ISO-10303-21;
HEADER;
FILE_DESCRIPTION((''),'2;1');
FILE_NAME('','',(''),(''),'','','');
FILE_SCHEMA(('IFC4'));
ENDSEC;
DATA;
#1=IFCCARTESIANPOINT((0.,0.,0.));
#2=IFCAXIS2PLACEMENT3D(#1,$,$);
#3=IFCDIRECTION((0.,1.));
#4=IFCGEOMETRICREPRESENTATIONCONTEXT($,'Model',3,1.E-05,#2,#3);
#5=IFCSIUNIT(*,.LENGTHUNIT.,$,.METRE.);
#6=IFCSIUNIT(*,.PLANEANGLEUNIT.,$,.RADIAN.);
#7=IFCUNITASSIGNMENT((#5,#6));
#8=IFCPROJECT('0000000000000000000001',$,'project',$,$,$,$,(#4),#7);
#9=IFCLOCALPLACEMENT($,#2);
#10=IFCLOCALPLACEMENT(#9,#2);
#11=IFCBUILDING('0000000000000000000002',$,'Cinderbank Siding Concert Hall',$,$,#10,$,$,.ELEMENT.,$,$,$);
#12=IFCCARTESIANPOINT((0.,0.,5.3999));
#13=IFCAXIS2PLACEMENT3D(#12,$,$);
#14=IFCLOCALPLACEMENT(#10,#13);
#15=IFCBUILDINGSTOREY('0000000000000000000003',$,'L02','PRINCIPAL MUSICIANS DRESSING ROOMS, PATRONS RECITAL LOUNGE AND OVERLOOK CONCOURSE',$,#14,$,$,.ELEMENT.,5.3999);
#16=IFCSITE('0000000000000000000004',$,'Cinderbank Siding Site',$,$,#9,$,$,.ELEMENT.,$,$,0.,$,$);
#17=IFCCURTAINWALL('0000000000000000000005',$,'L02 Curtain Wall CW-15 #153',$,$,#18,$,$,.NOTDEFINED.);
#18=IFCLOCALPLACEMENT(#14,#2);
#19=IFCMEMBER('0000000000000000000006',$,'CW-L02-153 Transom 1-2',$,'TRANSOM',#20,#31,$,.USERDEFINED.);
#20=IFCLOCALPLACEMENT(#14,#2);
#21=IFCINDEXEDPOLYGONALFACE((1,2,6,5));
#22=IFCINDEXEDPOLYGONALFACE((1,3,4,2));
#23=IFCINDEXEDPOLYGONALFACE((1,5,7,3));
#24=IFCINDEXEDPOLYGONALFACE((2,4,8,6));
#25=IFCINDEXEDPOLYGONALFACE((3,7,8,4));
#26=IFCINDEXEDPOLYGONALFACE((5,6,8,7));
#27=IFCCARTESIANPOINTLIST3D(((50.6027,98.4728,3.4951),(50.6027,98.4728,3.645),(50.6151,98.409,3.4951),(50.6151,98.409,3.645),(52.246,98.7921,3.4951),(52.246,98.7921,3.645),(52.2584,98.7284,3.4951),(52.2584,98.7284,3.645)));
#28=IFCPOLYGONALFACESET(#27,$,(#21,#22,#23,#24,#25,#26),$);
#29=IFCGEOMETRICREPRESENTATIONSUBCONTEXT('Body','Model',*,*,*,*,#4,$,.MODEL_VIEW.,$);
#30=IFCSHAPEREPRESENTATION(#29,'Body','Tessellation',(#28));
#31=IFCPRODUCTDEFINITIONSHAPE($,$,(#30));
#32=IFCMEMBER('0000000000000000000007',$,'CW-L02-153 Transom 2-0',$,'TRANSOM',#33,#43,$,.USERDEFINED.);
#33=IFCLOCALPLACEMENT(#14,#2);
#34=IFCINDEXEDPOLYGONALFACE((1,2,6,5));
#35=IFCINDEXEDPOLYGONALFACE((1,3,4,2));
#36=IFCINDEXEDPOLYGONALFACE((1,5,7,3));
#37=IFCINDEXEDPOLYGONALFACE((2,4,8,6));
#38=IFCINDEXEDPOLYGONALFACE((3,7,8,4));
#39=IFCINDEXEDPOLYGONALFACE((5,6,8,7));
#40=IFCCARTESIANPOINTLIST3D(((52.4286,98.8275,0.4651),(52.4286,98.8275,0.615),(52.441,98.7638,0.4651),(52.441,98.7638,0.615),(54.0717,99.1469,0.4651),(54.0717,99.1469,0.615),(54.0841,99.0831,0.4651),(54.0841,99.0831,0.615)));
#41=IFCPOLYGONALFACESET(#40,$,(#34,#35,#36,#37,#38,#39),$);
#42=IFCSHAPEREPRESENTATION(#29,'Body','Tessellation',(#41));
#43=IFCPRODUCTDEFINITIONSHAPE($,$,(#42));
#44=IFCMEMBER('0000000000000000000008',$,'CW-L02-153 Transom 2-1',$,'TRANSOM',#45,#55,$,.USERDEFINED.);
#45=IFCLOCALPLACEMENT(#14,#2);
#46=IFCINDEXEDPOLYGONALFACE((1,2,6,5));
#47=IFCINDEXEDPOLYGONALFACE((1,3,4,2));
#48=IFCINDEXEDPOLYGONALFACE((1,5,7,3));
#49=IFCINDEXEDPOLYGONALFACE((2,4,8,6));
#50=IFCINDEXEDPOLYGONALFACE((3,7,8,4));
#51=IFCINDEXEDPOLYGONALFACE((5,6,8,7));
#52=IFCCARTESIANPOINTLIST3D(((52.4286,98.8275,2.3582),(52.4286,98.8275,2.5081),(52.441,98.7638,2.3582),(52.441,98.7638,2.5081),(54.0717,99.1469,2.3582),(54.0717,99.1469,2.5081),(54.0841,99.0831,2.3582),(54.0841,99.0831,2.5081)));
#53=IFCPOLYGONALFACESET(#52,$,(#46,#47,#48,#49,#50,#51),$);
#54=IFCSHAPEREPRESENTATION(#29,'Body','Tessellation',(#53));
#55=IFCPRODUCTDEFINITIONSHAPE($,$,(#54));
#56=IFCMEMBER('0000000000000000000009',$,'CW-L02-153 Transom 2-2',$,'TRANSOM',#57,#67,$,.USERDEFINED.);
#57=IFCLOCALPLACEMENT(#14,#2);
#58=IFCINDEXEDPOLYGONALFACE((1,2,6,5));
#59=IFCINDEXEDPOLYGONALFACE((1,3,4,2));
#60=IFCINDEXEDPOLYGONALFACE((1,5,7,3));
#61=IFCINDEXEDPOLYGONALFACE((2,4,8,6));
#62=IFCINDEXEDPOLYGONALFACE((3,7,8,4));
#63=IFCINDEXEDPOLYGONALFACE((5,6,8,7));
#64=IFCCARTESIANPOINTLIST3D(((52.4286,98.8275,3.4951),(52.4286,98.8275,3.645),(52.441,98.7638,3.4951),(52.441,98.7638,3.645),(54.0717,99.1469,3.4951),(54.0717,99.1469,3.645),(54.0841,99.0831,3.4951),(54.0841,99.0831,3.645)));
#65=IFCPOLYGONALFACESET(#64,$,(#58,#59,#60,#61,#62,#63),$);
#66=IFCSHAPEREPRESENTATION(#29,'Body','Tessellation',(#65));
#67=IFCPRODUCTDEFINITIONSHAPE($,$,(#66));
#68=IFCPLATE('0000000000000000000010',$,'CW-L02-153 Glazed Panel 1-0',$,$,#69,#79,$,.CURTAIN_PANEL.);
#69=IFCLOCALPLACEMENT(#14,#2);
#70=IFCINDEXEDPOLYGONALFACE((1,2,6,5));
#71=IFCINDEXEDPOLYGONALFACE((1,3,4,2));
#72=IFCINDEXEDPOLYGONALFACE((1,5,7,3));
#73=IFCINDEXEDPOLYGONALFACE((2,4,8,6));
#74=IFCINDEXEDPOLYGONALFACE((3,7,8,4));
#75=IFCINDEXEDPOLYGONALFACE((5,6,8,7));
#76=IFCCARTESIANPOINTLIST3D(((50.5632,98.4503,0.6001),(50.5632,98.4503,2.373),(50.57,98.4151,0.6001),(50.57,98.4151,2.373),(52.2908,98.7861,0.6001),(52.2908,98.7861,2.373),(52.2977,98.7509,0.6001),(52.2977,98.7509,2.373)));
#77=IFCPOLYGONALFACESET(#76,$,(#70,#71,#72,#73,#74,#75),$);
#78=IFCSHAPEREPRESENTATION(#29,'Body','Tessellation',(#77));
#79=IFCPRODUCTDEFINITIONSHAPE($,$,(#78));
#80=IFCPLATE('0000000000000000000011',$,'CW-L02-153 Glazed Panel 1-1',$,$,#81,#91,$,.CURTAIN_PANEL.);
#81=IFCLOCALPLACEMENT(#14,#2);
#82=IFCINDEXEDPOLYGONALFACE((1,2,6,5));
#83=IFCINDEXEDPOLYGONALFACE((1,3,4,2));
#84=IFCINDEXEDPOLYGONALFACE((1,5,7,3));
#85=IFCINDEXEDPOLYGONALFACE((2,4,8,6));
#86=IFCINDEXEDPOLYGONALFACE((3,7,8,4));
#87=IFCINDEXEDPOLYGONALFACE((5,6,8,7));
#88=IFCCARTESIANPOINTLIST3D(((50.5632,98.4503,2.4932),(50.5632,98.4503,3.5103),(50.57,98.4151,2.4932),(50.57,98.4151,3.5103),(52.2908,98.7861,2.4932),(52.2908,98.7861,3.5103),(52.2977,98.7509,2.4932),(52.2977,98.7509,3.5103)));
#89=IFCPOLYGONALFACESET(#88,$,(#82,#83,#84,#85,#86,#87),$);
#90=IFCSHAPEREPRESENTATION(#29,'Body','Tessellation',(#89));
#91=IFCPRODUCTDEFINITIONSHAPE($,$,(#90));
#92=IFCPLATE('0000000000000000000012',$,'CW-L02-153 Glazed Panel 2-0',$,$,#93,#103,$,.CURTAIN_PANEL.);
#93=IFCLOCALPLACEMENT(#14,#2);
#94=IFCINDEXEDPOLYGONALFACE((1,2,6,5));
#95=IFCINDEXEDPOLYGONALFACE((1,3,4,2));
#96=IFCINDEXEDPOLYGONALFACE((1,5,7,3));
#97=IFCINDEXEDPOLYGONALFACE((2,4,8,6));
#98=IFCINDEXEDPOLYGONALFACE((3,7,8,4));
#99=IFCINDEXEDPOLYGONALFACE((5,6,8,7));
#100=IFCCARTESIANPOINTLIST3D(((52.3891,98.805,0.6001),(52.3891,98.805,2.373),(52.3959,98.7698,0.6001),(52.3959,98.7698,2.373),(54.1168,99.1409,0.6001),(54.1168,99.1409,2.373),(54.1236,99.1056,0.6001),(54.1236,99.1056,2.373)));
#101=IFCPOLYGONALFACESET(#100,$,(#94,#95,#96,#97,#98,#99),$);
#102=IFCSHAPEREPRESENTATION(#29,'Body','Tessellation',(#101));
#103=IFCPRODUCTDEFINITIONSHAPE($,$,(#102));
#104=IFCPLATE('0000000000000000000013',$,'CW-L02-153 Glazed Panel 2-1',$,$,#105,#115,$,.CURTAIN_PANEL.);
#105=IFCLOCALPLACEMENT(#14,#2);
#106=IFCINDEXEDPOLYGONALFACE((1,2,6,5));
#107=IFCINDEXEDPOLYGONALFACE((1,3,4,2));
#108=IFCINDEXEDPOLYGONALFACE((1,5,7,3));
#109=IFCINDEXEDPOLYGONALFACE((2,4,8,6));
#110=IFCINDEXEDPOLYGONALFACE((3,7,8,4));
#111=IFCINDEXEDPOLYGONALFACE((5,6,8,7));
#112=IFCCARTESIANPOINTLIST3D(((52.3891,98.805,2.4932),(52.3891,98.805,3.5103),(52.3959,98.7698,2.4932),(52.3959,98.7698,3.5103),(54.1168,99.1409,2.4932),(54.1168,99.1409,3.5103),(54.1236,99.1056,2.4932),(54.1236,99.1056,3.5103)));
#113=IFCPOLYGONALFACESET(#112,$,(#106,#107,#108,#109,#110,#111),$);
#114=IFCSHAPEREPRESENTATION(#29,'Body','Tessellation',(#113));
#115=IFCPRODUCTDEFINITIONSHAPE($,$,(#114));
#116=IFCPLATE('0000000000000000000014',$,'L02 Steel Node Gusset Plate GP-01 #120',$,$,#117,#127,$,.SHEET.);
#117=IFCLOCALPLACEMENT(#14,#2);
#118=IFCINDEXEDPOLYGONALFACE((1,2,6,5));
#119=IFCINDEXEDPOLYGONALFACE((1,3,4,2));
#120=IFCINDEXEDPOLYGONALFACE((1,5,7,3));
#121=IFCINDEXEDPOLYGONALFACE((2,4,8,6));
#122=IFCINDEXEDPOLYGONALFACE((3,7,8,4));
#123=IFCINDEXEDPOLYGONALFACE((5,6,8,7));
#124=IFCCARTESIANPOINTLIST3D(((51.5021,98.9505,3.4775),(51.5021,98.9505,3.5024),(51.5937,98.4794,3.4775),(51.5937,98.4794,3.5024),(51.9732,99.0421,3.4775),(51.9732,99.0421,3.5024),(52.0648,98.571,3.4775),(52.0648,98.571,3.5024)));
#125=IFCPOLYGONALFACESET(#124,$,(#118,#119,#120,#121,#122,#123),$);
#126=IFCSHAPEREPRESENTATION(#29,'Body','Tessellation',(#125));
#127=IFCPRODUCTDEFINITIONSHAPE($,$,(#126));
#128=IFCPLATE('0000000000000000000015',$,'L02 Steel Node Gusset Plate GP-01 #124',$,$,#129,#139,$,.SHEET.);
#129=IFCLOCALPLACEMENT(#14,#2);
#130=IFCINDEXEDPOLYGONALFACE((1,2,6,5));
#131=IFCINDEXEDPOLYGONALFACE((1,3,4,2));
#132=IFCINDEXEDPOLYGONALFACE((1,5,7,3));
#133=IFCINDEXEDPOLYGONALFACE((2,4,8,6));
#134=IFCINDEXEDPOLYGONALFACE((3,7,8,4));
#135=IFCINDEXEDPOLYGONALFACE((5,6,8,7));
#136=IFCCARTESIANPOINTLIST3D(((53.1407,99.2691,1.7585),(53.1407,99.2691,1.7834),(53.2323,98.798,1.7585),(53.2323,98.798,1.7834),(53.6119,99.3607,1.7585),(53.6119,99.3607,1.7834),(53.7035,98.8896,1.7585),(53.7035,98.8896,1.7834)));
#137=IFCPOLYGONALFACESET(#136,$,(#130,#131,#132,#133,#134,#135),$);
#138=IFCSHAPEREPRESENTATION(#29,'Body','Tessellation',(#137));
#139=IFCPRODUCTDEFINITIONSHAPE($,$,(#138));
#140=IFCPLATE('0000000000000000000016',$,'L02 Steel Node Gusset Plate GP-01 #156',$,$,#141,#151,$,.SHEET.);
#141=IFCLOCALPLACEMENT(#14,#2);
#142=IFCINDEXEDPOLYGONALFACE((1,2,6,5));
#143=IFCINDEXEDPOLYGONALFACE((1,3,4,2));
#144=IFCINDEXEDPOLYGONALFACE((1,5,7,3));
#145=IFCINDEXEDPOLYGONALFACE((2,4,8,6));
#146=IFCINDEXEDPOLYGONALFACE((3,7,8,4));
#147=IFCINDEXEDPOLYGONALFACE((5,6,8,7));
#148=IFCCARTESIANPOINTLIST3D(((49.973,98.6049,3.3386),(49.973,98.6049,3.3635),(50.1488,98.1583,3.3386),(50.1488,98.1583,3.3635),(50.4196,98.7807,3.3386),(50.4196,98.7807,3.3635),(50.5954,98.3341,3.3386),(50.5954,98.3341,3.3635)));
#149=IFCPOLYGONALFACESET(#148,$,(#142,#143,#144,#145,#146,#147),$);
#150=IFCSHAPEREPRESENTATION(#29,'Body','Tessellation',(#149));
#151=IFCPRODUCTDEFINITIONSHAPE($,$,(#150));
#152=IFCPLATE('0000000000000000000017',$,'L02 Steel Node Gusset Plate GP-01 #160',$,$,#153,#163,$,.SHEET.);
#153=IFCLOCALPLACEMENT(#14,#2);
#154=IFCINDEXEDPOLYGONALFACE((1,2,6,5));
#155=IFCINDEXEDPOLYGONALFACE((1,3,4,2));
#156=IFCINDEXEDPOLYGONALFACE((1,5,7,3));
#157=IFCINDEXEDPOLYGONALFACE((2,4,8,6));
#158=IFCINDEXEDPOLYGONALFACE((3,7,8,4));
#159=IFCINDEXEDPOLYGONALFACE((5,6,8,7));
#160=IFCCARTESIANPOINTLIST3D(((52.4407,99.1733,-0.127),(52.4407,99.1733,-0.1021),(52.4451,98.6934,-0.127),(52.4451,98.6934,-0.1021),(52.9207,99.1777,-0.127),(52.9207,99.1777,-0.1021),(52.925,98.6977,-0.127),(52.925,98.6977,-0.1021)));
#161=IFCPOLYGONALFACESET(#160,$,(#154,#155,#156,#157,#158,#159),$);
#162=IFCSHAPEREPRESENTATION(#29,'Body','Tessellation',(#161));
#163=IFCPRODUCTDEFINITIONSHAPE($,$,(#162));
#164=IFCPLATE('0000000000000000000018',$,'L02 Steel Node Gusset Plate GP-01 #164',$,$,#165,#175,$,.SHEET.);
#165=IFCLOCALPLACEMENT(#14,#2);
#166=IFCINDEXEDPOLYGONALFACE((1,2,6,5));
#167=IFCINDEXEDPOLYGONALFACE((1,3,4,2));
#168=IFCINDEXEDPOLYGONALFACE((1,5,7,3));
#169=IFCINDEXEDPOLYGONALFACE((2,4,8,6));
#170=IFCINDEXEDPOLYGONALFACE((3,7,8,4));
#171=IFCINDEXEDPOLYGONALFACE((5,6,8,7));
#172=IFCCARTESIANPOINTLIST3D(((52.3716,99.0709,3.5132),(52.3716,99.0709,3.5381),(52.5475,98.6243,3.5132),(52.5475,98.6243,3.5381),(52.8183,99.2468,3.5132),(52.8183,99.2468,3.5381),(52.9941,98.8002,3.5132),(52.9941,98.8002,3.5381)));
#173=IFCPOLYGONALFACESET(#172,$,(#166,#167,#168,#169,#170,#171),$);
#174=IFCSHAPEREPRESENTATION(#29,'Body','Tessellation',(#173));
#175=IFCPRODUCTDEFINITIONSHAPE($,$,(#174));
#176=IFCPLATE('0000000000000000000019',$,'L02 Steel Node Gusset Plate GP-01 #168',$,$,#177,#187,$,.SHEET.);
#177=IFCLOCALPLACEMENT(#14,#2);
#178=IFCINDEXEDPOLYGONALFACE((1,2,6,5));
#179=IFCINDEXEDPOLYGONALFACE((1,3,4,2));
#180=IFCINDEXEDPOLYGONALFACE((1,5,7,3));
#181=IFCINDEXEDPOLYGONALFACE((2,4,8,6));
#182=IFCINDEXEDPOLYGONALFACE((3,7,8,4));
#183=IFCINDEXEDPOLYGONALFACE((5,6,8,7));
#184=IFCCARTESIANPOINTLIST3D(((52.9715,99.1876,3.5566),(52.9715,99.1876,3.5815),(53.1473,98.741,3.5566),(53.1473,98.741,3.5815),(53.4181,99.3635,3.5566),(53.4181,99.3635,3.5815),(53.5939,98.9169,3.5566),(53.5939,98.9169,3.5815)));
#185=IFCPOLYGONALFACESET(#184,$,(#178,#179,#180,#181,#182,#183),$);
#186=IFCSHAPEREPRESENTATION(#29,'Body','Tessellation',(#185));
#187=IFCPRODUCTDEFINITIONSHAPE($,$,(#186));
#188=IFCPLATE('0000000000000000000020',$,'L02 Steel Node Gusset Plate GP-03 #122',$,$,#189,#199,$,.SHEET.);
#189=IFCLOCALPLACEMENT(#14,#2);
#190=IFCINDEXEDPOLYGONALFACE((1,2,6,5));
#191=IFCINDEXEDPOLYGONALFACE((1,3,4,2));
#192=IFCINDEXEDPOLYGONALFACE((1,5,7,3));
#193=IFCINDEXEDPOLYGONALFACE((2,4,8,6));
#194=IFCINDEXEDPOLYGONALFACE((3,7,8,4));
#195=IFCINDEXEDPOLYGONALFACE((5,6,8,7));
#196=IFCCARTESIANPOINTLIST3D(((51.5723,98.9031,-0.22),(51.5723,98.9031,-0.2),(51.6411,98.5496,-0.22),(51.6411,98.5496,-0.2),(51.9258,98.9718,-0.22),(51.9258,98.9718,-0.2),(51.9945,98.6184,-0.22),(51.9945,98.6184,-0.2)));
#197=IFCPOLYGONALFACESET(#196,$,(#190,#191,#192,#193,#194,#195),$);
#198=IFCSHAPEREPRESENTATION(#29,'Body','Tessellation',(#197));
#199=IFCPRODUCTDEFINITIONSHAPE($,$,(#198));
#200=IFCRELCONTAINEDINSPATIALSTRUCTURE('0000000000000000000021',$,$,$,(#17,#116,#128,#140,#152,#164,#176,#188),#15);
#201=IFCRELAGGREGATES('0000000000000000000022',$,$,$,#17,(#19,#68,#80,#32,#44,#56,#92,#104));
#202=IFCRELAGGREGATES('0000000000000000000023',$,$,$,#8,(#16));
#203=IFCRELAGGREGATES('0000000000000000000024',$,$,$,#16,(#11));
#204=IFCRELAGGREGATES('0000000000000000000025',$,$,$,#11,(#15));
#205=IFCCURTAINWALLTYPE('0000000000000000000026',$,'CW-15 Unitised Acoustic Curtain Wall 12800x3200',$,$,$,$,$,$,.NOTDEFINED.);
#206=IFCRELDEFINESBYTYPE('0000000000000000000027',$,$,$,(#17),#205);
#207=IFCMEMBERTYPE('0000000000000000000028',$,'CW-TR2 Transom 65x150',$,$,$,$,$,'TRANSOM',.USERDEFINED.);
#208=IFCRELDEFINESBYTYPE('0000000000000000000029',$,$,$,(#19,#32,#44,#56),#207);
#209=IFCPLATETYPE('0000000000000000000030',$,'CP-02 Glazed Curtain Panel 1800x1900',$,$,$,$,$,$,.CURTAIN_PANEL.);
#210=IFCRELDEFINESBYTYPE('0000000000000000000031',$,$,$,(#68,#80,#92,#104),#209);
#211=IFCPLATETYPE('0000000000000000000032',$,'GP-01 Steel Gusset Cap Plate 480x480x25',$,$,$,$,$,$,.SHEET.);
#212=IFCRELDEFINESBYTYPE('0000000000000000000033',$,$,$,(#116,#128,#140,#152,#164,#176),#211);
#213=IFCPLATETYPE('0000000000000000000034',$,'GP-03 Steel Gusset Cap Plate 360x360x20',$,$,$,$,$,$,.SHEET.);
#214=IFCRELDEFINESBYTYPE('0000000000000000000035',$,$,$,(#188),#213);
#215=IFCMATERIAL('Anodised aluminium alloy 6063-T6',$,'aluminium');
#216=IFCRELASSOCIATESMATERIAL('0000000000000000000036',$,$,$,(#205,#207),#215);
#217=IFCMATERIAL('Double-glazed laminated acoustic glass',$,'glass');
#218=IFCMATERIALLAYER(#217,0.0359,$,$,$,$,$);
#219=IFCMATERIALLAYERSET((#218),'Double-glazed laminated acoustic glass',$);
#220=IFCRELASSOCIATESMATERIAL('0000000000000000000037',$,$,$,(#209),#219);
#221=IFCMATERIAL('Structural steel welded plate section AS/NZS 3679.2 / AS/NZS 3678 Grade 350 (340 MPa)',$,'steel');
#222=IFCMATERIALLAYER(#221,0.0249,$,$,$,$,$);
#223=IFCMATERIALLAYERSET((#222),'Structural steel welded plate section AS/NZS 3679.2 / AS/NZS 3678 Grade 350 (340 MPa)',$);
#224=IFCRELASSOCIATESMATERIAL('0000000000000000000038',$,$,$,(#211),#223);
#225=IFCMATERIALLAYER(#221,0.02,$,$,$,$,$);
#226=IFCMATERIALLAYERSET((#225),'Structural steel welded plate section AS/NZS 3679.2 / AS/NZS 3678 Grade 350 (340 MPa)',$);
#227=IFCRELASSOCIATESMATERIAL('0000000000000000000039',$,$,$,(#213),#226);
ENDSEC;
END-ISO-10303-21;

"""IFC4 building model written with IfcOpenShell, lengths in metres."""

from ifc_helpers import new_model, si_unit, direction, frame, origin, origin_2d, place, context, subcontext, project, spatial, rectangle, extrude, material, layer, layer_set, material_profile, profile_set, type_object, element, aggregate, save


model = new_model("IFC4")

# Units and contexts
model_context = context("Model", 3, precision=1e-05, world=origin(), true_north=direction((0.0, 1.0)))
body_context = subcontext(model_context, "Body", "Model", "MODEL_VIEW")
ifc_project = project(units=[si_unit("LENGTHUNIT", "METRE"), si_unit("PLANEANGLEUNIT", "RADIAN")], contexts=[model_context])

# Site, building, storey
site_placement = place(None, origin())
site = spatial("IfcSite", under=ifc_project, at=site_placement, Name="Cinderbank Siding Site", CompositionType="ELEMENT", RefElevation=0.0)
building_placement = place(site_placement, origin())
building = spatial("IfcBuilding", under=site, at=building_placement, Name="Cinderbank Siding Concert Hall", CompositionType="ELEMENT")
storey_placement = place(building_placement, frame((0.0, 0.0, 5.3999)))
storey = spatial("IfcBuildingStorey", under=building, at=storey_placement, Name="L02", Description="PRINCIPAL MUSICIANS DRESSING ROOMS, PATRONS RECITAL LOUNGE AND OVERLOOK CONCOURSE", CompositionType="ELEMENT", Elevation=5.3999)

# Curtain wall, members, plates
ifc_material_1 = material(Name="Anodised aluminium alloy 6063-T6", Category="aluminium")
curtain_wall_type = type_object("IfcCurtainWallType", Name="CW-15 Unitised Acoustic Curtain Wall 12800x3200", PredefinedType="NOTDEFINED", material=ifc_material_1)
curtain_wall_placement = place(storey_placement, origin())
curtain_wall = element("IfcCurtainWall", 1, at=curtain_wall_placement, inside=storey, type_object=curtain_wall_type, Name="L02 Curtain Wall CW-15 #153", PredefinedType="NOTDEFINED")
ifc_material_profile_1 = material_profile(ifc_material_1, rectangle(XDim=0.0649, YDim=0.1499, at=origin_2d()), Name="ALU-TRAN-65x150", Category="LoadBearing")
ifc_profile_set_1 = profile_set([ifc_material_profile_1], Name="Anodised aluminium alloy 6063-T6")
member_type_1 = type_object("IfcMemberType", Name="CW-TR2 Transom 65x150", ElementType="TRANSOM", PredefinedType="USERDEFINED", material=ifc_profile_set_1)
member_1_placement = place(storey_placement, frame((50.6089, 98.4409, 3.5701), z_axis=(0.981637, 0.190756, 0.0), x_axis=(-0.190756, 0.981637, 0.0)))
member_1 = element("IfcMember", 2, at=member_1_placement, type_object=member_type_1, Name="CW-L02-153 Transom 1-2", ObjectType="TRANSOM", PredefinedType="USERDEFINED", context=body_context, shape_type="SweptSolid", body=[
    extrude(rectangle(XDim=0.0649, YDim=0.1499, at=origin_2d()), origin(), (0.0, 0.0, 1.0), 1.6741),
])
member_2_placement = place(storey_placement, frame((52.4348, 98.7957, 0.54), z_axis=(0.981632, 0.190784, 0.0), x_axis=(-0.190784, 0.981632, 0.0)))
member_2 = element("IfcMember", 3, at=member_2_placement, type_object=member_type_1, Name="CW-L02-153 Transom 2-0", ObjectType="TRANSOM", PredefinedType="USERDEFINED", context=body_context, shape_type="SweptSolid", body=[
    extrude(rectangle(XDim=0.0649, YDim=0.1499, at=origin_2d()), origin(), (0.0, 0.0, 1.0), 1.6738),
])
member_3_placement = place(storey_placement, frame((52.4348, 98.7957, 2.4331), z_axis=(0.981632, 0.190784, 0.0), x_axis=(-0.190784, 0.981632, 0.0)))
member_3 = element("IfcMember", 4, at=member_3_placement, type_object=member_type_1, Name="CW-L02-153 Transom 2-1", ObjectType="TRANSOM", PredefinedType="USERDEFINED", context=body_context, shape_type="SweptSolid", body=[
    extrude(rectangle(XDim=0.0649, YDim=0.1499, at=origin_2d()), origin(), (0.0, 0.0, 1.0), 1.6738),
])
member_4_placement = place(storey_placement, frame((52.4348, 98.7957, 3.5701), z_axis=(0.981632, 0.190784, 0.0), x_axis=(-0.190784, 0.981632, 0.0)))
member_4 = element("IfcMember", 5, at=member_4_placement, type_object=member_type_1, Name="CW-L02-153 Transom 2-2", ObjectType="TRANSOM", PredefinedType="USERDEFINED", context=body_context, shape_type="SweptSolid", body=[
    extrude(rectangle(XDim=0.0649, YDim=0.1499, at=origin_2d()), origin(), (0.0, 0.0, 1.0), 1.6738),
])
ifc_material_2 = material(Name="Double-glazed laminated acoustic glass", Category="glass")
ifc_layer_1 = layer(ifc_material_2, 0.0359)
ifc_layer_set_1 = layer_set([ifc_layer_1], Name="Double-glazed laminated acoustic glass")
plate_type_1 = type_object("IfcPlateType", Name="CP-02 Glazed Curtain Panel 1800x1900", PredefinedType="CURTAIN_PANEL", material=ifc_layer_set_1)
plate_1_placement = place(storey_placement, frame((51.4304, 98.6006, 0.6001), z_axis=(0.0, 0.0, 1.0), x_axis=(0.981627, 0.190811, 0.0)))
plate_1 = element("IfcPlate", 6, at=plate_1_placement, type_object=plate_type_1, Name="CW-L02-153 Glazed Panel 1-0", PredefinedType="CURTAIN_PANEL", context=body_context, shape_type="SweptSolid", body=[
    extrude(rectangle(XDim=1.76, YDim=0.0359, at=origin_2d()), origin(), (0.0, 0.0, 1.0), 1.7729),
])
plate_2_placement = place(storey_placement, frame((51.4304, 98.6006, 2.4932), z_axis=(0.0, 0.0, 1.0), x_axis=(0.981627, 0.190811, 0.0)))
plate_2 = element("IfcPlate", 7, at=plate_2_placement, type_object=plate_type_1, Name="CW-L02-153 Glazed Panel 1-1", PredefinedType="CURTAIN_PANEL", context=body_context, shape_type="SweptSolid", body=[
    extrude(rectangle(XDim=1.76, YDim=0.0359, at=origin_2d()), origin(), (0.0, 0.0, 1.0), 1.0171),
])
plate_3_placement = place(storey_placement, frame((53.2563, 98.9553, 0.6001), z_axis=(0.0, 0.0, 1.0), x_axis=(0.981627, 0.190811, 0.0)))
plate_3 = element("IfcPlate", 8, at=plate_3_placement, type_object=plate_type_1, Name="CW-L02-153 Glazed Panel 2-0", PredefinedType="CURTAIN_PANEL", context=body_context, shape_type="SweptSolid", body=[
    extrude(rectangle(XDim=1.76, YDim=0.0359, at=origin_2d()), origin(), (0.0, 0.0, 1.0), 1.7729),
])
plate_4_placement = place(storey_placement, frame((53.2563, 98.9553, 2.4932), z_axis=(0.0, 0.0, 1.0), x_axis=(0.981627, 0.190811, 0.0)))
plate_4 = element("IfcPlate", 9, at=plate_4_placement, type_object=plate_type_1, Name="CW-L02-153 Glazed Panel 2-1", PredefinedType="CURTAIN_PANEL", context=body_context, shape_type="SweptSolid", body=[
    extrude(rectangle(XDim=1.76, YDim=0.0359, at=origin_2d()), origin(), (0.0, 0.0, 1.0), 1.0171),
])
aggregate(curtain_wall, [member_1, plate_1, plate_2, member_2, member_3, member_4, plate_3, plate_4])

# Plates
ifc_material_3 = material(Name="Structural steel welded plate section AS/NZS 3679.2 / AS/NZS 3678 Grade 350 (340 MPa)", Category="steel")
ifc_layer_2 = layer(ifc_material_3, 0.0249)
ifc_layer_set_2 = layer_set([ifc_layer_2], Name="Structural steel welded plate section AS/NZS 3679.2 / AS/NZS 3678 Grade 350 (340 MPa)")
plate_type_2 = type_object("IfcPlateType", Name="GP-01 Steel Gusset Cap Plate 480x480x25", PredefinedType="SHEET", material=ifc_layer_set_2)
for number, where, z_axis, x_axis, name in (
    (10, (51.7834, 98.7607, 3.4775), (0.0, 0.0, 1.0), (0.981627, 0.190809, 0.0), "L02 Steel Node Gusset Plate GP-01 #120"),
    (11, (53.4221, 99.0793, 1.7585), (0.0, 0.0, 1.0), (0.981627, 0.190809, 0.0), "L02 Steel Node Gusset Plate GP-01 #124"),
    (12, (50.2842, 98.4695, 3.3386), (0.0, 0.0, 1.0), (0.366339, -0.930482, 0.0), "L02 Steel Node Gusset Plate GP-01 #156"),
    (13, (52.6829, 98.9355, -0.127), (0.0, 0.0, 1.0), (-0.009076, 0.999959, 0.0), "L02 Steel Node Gusset Plate GP-01 #160"),
    (14, (52.6829, 98.9355, 3.5132), (0.0, 0.0, 1.0), (0.366339, -0.930482, 0.0), "L02 Steel Node Gusset Plate GP-01 #164"),
    (15, (53.2827, 99.0522, 3.5566), (0.0, 0.0, 1.0), (0.366339, -0.930482, 0.0), "L02 Steel Node Gusset Plate GP-01 #168"),
):
    element("IfcPlate", number, at=place(storey_placement, frame(where, z_axis=z_axis, x_axis=x_axis)), inside=storey, type_object=plate_type_2, Name=name, PredefinedType="SHEET", context=body_context, shape_type="SweptSolid", body=[
        extrude(rectangle(XDim=0.48, YDim=0.48, at=origin_2d()), origin(), (0.0, 0.0, 1.0), 0.0249),
    ])
ifc_layer_3 = layer(ifc_material_3, 0.02)
ifc_layer_set_3 = layer_set([ifc_layer_3], Name="Structural steel welded plate section AS/NZS 3679.2 / AS/NZS 3678 Grade 350 (340 MPa)")
plate_type_3 = type_object("IfcPlateType", Name="GP-03 Steel Gusset Cap Plate 360x360x20", PredefinedType="SHEET", material=ifc_layer_set_3)
plate_5_placement = place(storey_placement, frame((51.7834, 98.7607, -0.22), z_axis=(0.0, 0.0, 1.0), x_axis=(0.981627, 0.190809, 0.0)))
element("IfcPlate", 16, at=plate_5_placement, inside=storey, type_object=plate_type_3, Name="L02 Steel Node Gusset Plate GP-03 #122", PredefinedType="SHEET", context=body_context, shape_type="SweptSolid", body=[
    extrude(rectangle(XDim=0.3601, YDim=0.3601, at=origin_2d()), origin(), (0.0, 0.0, 1.0), 0.02),
])

save(model, "model.ifc")
